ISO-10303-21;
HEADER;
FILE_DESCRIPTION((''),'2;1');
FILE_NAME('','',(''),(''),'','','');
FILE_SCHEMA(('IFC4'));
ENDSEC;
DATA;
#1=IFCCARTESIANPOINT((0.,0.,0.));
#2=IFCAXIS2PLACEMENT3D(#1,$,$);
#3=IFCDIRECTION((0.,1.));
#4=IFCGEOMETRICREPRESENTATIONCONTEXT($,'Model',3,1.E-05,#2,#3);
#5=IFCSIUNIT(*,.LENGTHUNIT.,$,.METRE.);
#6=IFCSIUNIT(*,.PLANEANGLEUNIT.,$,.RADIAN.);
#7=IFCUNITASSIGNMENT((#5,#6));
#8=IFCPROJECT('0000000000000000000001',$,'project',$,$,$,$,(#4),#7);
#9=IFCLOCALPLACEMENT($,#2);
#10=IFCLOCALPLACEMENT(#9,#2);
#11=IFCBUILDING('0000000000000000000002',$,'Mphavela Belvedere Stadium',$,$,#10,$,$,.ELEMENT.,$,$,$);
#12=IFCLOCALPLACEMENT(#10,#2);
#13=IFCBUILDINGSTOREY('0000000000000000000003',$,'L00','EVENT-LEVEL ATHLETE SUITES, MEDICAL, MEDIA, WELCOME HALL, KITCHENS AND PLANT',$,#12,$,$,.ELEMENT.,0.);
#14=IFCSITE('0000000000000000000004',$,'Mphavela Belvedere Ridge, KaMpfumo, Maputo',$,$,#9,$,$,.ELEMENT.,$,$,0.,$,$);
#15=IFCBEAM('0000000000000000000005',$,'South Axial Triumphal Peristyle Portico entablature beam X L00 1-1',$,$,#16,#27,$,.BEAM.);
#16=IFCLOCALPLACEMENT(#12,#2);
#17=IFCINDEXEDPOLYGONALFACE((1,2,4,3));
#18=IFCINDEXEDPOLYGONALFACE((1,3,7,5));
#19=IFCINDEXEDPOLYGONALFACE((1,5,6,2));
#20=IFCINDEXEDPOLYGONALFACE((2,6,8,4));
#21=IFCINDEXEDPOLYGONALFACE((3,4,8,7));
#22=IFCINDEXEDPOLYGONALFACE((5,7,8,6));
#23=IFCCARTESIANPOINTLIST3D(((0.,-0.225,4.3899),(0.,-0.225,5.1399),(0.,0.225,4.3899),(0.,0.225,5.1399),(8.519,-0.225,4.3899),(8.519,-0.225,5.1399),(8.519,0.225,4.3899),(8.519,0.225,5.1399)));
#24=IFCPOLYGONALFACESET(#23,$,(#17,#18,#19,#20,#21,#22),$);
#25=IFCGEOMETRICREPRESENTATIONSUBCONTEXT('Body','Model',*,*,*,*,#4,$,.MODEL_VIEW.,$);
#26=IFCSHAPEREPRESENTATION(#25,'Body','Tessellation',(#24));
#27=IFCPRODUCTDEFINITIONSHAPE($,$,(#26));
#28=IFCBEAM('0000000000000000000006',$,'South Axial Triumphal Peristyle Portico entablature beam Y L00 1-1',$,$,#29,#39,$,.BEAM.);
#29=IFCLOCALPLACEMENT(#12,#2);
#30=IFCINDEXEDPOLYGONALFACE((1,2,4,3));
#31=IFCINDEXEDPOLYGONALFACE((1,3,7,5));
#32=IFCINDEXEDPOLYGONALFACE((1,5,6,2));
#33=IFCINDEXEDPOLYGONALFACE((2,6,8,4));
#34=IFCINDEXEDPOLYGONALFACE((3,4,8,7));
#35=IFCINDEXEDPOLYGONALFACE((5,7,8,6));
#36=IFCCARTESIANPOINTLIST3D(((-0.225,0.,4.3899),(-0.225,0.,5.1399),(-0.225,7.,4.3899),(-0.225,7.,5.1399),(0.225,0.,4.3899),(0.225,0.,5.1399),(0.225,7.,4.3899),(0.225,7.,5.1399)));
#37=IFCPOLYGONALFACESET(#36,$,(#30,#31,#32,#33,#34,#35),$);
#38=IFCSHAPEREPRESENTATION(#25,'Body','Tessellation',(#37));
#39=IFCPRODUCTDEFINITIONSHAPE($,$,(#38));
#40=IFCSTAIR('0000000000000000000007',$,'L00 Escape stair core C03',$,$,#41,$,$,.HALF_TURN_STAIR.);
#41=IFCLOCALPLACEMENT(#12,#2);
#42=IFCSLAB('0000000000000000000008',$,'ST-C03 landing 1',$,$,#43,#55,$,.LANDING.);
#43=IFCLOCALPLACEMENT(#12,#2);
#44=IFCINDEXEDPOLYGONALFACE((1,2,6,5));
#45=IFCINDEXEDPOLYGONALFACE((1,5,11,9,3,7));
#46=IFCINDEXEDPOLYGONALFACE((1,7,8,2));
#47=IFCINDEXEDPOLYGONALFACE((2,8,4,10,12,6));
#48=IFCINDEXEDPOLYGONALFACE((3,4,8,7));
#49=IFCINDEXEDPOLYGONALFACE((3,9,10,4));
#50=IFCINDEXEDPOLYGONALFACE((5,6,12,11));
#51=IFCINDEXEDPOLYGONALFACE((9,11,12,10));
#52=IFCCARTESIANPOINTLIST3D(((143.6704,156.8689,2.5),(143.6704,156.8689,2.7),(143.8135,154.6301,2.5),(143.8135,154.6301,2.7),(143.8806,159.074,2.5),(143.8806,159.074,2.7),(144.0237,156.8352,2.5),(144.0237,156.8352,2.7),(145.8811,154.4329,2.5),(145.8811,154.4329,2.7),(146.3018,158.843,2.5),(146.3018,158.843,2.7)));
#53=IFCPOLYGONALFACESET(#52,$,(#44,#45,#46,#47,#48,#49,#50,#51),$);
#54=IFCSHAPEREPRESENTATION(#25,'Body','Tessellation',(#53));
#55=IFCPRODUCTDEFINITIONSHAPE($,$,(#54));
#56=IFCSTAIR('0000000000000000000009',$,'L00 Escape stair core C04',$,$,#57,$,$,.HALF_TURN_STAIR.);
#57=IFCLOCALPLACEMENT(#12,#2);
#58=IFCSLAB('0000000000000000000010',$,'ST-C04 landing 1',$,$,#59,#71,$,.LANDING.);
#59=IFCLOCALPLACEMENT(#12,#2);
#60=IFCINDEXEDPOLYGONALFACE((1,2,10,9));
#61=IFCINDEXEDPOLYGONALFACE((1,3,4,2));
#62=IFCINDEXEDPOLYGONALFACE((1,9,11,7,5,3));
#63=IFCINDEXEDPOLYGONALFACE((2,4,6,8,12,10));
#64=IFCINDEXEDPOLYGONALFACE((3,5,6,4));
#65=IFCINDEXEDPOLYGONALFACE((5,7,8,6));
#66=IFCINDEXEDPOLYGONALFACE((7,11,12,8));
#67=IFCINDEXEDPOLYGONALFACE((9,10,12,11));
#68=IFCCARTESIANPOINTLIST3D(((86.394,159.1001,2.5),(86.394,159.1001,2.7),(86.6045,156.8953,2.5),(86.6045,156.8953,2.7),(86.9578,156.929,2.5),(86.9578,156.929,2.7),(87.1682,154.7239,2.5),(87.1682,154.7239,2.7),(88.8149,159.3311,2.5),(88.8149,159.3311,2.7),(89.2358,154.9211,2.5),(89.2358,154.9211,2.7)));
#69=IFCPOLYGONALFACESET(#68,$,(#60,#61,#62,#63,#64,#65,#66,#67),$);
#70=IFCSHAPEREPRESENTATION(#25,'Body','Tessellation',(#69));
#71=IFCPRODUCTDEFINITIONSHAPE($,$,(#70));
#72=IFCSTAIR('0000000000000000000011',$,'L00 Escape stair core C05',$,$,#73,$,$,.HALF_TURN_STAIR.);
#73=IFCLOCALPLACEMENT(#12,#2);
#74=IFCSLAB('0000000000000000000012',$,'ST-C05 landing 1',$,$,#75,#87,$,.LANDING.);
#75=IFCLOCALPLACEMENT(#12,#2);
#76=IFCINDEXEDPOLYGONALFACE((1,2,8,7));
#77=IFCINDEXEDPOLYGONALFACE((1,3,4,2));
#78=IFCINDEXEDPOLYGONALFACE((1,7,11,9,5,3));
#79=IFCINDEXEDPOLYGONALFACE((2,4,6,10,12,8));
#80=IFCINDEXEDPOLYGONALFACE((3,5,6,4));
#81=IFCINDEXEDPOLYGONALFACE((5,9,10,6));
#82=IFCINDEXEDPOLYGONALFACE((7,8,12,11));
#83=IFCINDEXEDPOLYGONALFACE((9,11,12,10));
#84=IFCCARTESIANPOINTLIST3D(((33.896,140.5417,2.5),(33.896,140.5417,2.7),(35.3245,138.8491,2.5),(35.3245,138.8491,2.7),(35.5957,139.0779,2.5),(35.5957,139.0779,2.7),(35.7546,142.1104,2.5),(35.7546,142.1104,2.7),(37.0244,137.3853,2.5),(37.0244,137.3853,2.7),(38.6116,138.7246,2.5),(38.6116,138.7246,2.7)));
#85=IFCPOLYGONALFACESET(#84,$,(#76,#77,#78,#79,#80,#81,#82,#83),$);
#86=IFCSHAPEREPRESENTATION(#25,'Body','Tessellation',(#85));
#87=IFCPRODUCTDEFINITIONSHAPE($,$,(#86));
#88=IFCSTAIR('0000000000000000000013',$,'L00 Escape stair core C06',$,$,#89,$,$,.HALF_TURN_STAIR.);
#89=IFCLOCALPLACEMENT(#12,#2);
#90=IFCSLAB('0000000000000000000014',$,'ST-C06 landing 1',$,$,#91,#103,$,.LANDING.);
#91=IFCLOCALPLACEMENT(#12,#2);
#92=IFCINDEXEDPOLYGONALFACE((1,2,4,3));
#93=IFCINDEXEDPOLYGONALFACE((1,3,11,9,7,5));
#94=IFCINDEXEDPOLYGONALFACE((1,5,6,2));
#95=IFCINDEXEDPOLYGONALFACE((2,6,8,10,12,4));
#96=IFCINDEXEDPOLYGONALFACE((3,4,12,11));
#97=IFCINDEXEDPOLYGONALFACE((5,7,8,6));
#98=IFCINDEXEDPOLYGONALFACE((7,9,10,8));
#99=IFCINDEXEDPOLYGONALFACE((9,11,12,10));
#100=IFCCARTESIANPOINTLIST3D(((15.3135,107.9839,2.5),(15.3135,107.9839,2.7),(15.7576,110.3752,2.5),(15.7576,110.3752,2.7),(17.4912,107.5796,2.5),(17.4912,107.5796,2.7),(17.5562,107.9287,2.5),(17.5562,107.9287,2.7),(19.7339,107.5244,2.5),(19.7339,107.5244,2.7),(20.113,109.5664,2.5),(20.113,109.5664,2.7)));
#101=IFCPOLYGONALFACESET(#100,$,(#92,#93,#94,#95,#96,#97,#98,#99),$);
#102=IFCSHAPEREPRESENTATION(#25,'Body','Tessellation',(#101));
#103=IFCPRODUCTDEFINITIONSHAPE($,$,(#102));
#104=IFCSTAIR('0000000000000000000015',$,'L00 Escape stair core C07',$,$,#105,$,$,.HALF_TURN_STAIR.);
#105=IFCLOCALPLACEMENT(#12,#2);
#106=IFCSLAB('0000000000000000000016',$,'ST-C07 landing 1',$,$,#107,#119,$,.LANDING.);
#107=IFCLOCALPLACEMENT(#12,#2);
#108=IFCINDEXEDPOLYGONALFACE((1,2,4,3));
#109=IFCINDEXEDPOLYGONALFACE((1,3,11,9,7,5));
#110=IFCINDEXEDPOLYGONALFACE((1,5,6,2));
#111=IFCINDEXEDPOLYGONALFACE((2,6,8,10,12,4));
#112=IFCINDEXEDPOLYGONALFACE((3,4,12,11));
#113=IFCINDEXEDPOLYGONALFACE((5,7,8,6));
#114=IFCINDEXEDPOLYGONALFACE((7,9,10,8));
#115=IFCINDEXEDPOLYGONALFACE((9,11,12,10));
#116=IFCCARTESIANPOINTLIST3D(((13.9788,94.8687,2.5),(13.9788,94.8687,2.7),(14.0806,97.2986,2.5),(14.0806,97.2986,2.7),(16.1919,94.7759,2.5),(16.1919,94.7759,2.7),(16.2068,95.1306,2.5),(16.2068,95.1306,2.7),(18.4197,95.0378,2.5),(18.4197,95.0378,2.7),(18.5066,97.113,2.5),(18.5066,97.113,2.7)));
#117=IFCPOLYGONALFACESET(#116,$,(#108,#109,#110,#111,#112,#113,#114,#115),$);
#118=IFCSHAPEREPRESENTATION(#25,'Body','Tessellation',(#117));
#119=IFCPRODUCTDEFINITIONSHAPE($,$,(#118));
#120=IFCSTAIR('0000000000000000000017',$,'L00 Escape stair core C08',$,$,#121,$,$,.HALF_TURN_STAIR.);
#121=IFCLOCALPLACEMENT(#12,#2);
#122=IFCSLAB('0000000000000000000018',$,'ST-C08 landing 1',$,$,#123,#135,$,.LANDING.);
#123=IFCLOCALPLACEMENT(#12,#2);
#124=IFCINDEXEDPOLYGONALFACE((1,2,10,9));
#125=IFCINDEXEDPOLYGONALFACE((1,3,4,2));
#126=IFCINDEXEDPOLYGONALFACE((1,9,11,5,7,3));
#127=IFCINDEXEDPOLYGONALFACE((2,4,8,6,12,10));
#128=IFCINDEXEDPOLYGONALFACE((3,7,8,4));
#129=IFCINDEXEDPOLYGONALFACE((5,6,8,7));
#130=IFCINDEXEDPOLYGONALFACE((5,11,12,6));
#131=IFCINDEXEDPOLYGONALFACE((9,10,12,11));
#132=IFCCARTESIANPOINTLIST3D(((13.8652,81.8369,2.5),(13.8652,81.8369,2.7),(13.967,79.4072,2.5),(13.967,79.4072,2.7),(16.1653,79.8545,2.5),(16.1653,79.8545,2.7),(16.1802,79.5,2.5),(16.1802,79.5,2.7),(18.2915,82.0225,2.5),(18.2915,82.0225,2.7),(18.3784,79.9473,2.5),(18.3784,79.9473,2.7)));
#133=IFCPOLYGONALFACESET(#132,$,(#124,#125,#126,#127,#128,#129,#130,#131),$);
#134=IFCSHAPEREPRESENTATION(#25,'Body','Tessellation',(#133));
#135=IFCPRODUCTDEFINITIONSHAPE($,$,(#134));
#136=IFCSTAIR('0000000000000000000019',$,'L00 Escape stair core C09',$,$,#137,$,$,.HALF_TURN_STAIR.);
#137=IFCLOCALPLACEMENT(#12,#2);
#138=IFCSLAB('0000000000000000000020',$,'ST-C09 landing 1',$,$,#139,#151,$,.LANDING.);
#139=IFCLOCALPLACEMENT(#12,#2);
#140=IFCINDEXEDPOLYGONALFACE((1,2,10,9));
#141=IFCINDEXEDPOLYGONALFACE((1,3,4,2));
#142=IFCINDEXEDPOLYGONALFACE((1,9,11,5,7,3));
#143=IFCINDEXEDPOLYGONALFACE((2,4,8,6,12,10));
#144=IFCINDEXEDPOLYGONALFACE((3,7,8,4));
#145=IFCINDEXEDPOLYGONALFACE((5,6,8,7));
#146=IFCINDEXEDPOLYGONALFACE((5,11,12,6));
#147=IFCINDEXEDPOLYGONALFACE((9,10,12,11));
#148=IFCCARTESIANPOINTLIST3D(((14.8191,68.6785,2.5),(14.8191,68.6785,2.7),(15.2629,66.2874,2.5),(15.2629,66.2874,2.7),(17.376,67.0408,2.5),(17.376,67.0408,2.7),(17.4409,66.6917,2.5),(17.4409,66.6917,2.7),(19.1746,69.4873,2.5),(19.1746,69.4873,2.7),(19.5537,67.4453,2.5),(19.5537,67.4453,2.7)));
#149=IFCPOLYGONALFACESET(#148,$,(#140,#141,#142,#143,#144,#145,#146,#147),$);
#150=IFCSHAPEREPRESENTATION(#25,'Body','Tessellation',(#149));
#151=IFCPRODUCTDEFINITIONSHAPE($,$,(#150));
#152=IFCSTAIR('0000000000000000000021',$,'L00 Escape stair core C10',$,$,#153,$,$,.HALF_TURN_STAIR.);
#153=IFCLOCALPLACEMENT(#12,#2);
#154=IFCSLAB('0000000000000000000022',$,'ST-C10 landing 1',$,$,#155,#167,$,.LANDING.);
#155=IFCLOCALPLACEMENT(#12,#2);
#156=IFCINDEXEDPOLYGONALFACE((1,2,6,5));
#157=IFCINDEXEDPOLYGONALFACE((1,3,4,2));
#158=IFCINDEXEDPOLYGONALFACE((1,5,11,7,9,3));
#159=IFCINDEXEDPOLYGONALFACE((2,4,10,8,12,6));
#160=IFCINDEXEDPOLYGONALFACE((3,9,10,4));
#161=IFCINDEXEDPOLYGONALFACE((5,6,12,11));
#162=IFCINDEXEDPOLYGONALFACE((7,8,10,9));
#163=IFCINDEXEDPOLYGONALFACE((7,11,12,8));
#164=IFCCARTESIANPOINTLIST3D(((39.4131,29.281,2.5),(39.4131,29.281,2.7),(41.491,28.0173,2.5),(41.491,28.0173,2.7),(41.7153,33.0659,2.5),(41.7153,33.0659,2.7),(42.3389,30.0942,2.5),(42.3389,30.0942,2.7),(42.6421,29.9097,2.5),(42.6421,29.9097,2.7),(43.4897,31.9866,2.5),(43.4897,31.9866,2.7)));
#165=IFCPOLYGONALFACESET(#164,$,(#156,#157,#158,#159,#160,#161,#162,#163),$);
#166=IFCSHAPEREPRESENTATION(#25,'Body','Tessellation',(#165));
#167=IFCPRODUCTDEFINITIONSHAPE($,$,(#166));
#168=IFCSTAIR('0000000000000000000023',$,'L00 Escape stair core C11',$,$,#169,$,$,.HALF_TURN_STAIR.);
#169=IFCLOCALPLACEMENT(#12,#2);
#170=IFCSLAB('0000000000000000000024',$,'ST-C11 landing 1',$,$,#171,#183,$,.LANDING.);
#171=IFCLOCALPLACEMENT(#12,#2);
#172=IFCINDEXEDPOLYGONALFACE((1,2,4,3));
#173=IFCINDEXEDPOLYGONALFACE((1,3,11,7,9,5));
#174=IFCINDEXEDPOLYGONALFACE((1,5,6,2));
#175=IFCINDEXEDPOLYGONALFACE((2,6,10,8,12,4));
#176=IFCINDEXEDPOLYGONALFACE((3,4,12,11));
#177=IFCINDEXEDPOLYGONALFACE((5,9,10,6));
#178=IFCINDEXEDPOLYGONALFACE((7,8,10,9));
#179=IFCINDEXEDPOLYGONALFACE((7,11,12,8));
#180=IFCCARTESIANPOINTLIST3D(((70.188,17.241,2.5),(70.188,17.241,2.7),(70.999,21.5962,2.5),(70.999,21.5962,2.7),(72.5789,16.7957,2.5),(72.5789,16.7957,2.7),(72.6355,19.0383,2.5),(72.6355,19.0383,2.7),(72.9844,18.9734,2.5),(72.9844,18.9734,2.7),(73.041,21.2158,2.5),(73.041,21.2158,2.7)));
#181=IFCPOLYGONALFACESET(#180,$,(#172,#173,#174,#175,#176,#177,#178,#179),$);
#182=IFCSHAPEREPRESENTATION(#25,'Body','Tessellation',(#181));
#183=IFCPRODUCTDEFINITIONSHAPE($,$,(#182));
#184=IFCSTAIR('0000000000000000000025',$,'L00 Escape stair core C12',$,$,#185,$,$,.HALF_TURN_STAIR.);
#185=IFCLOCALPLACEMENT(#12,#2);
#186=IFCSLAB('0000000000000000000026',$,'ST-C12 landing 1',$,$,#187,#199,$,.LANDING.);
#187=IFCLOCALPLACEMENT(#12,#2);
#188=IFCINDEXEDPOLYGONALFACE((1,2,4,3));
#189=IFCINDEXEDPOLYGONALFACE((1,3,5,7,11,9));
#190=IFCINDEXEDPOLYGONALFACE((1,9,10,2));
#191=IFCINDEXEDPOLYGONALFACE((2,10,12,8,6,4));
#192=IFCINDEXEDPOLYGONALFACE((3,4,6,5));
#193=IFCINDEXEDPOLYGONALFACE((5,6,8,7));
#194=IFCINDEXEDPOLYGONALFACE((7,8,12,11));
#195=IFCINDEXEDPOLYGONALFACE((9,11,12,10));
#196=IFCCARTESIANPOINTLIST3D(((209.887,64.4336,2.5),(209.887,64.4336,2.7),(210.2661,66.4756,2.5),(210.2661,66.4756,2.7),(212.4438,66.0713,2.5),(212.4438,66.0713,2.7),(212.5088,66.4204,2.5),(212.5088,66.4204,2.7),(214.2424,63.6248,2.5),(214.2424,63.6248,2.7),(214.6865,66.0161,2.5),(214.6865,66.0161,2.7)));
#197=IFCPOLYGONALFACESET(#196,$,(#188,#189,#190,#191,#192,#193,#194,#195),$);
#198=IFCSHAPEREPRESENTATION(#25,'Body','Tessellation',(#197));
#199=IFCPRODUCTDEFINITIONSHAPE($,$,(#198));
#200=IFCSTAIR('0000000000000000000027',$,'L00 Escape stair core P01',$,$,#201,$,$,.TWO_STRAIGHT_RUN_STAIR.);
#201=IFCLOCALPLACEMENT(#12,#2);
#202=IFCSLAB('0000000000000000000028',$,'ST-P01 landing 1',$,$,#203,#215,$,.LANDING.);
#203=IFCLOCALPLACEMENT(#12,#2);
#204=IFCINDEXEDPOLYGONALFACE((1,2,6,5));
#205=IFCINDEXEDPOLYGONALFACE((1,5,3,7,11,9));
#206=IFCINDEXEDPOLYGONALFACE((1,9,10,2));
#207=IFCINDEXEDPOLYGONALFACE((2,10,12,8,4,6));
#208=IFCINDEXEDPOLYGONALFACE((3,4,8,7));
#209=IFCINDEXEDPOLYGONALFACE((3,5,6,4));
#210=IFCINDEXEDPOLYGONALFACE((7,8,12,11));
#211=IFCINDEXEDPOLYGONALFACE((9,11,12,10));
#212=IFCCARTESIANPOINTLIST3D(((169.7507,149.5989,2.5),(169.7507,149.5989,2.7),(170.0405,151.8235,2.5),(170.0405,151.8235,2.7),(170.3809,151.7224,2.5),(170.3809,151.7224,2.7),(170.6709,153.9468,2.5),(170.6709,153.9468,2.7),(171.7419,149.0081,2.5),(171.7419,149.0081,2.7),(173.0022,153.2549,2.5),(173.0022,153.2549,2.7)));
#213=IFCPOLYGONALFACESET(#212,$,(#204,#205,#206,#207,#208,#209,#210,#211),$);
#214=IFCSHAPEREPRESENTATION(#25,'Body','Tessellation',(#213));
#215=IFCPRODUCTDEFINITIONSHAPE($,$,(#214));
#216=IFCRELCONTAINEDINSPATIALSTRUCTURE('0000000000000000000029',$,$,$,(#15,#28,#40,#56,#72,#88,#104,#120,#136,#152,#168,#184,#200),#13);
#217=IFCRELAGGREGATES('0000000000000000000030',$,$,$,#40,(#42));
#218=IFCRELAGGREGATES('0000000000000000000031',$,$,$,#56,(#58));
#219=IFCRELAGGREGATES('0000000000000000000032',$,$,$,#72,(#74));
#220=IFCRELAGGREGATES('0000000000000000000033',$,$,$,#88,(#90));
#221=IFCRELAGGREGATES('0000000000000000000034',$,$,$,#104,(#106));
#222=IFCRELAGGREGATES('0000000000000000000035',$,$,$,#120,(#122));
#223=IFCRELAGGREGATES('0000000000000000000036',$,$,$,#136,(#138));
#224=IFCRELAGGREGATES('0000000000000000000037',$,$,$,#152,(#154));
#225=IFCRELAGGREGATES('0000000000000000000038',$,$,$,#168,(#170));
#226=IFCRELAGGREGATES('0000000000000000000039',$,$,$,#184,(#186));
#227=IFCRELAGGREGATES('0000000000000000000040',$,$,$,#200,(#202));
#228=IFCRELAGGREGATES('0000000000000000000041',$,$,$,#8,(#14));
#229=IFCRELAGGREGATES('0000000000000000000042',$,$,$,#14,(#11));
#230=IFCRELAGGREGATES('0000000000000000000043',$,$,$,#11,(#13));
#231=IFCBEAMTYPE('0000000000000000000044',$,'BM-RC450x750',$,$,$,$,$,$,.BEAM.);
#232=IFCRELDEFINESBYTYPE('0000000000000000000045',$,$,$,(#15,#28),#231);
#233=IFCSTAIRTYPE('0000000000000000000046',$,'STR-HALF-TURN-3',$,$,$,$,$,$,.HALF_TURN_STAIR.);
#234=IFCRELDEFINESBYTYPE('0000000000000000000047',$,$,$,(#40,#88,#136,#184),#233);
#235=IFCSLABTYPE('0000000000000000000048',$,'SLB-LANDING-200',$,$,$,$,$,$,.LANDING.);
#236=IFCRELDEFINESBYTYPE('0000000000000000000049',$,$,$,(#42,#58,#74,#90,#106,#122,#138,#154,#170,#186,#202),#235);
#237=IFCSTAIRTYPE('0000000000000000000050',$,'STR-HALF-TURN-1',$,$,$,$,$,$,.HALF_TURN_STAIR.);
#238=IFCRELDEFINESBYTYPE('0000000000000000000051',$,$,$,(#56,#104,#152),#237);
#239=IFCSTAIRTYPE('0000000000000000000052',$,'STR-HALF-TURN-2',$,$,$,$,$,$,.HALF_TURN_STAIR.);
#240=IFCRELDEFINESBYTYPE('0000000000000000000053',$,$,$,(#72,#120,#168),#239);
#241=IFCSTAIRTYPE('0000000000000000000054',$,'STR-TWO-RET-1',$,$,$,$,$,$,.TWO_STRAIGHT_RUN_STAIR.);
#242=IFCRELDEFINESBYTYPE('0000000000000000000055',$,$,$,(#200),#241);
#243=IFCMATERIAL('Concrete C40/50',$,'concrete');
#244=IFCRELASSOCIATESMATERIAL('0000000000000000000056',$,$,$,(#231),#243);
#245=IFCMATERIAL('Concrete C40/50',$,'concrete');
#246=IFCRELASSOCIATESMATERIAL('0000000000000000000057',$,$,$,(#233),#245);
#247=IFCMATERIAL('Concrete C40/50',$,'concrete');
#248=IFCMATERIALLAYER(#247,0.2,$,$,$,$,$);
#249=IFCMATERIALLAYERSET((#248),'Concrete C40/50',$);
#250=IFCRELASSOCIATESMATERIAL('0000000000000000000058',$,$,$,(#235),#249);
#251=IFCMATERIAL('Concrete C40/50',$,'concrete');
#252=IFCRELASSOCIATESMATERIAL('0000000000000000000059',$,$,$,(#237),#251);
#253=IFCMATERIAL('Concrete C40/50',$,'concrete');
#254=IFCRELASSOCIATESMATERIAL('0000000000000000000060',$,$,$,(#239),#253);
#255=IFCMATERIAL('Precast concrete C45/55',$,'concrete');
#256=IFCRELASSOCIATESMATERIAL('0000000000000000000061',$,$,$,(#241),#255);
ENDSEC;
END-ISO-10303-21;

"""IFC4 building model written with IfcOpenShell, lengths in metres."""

from ifc_helpers import new_model, si_unit, direction, frame, origin, origin_2d, place, context, subcontext, project, spatial, polyline, rectangle, outline, extrude, material, layer, layer_set, material_profile, profile_set, type_object, element, aggregate, save


model = new_model("IFC4")

# Units and contexts
model_context = context("Model", 3, precision=1e-05, world=origin(), true_north=direction((0.0, 1.0)))
body_context = subcontext(model_context, "Body", "Model", "MODEL_VIEW")
ifc_project = project(units=[si_unit("LENGTHUNIT", "METRE"), si_unit("PLANEANGLEUNIT", "RADIAN")], contexts=[model_context])

# Site, building, storey
site_placement = place(None, origin())
site = spatial("IfcSite", under=ifc_project, at=site_placement, Name="Mphavela Belvedere Ridge, KaMpfumo, Maputo", CompositionType="ELEMENT", RefElevation=0.0)
building_placement = place(site_placement, origin())
building = spatial("IfcBuilding", under=site, at=building_placement, Name="Mphavela Belvedere Stadium", CompositionType="ELEMENT")
storey_placement = place(building_placement, origin())
storey = spatial("IfcBuildingStorey", under=building, at=storey_placement, Name="L00", Description="EVENT-LEVEL ATHLETE SUITES, MEDICAL, MEDIA, WELCOME HALL, KITCHENS AND PLANT", CompositionType="ELEMENT", Elevation=0.0)

# Beams
ifc_material_1 = material(Name="Concrete C40/50", Category="concrete")
ifc_material_profile = material_profile(ifc_material_1, rectangle(XDim=0.45, YDim=0.75, at=origin_2d()), Name="RC 450x750")
ifc_profile_set = profile_set([ifc_material_profile], Name="Concrete C40/50")
beam_type = type_object("IfcBeamType", Name="BM-RC450x750", PredefinedType="BEAM", material=ifc_profile_set)
beam_1_placement = place(storey_placement, frame((0.0, 0.0, 4.7649), z_axis=(1.0, 0.0, 0.0), x_axis=(0.0, 1.0, 0.0)))
element("IfcBeam", 1, at=beam_1_placement, inside=storey, type_object=beam_type, Name="South Axial Triumphal Peristyle Portico entablature beam X L00 1-1", PredefinedType="BEAM", context=body_context, shape_type="SweptSolid", body=[
    extrude(rectangle(XDim=0.45, YDim=0.75, at=origin_2d()), origin(), (0.0, 0.0, 1.0), 8.519),
])
beam_2_placement = place(storey_placement, frame((0.0, 0.0, 4.7649), z_axis=(0.0, 1.0, 0.0), x_axis=(-1.0, 0.0, 0.0)))
element("IfcBeam", 2, at=beam_2_placement, inside=storey, type_object=beam_type, Name="South Axial Triumphal Peristyle Portico entablature beam Y L00 1-1", PredefinedType="BEAM", context=body_context, shape_type="SweptSolid", body=[
    extrude(rectangle(XDim=0.45, YDim=0.75, at=origin_2d()), origin(), (0.0, 0.0, 1.0), 7.0),
])

# Stairs, slabs
ifc_material_2 = material(Name="Concrete C40/50", Category="concrete")
stair_type_1 = type_object("IfcStairType", Name="STR-HALF-TURN-3", PredefinedType="HALF_TURN_STAIR", material=ifc_material_2)
stair_1_placement = place(storey_placement, origin())
stair_1 = element("IfcStair", 3, at=stair_1_placement, inside=storey, type_object=stair_type_1, Name="L00 Escape stair core C03", PredefinedType="HALF_TURN_STAIR")
ifc_material_3 = material(Name="Concrete C40/50", Category="concrete")
ifc_layer_1 = layer(ifc_material_3, 0.2)
ifc_layer_set_1 = layer_set([ifc_layer_1], Name="Concrete C40/50")
slab_type = type_object("IfcSlabType", Name="SLB-LANDING-200", PredefinedType="LANDING", material=ifc_layer_set_1)
slab_1_placement = place(storey_placement, frame((0.0, 0.0, 2.5)))
slab_1 = element("IfcSlab", 4, at=slab_1_placement, type_object=slab_type, Name="ST-C03 landing 1", PredefinedType="LANDING", context=body_context, shape_type="SweptSolid", body=[
    extrude(outline(polyline([(143.8135, 154.6301), (145.8811, 154.4329), (146.3018, 158.843), (143.8806, 159.074), (143.6704, 156.8689), (144.0237, 156.8352), (143.8135, 154.6301)])), origin(), (0.0, 0.0, 1.0), 0.2),
])
aggregate(stair_1, [slab_1])
ifc_material_4 = material(Name="Concrete C40/50", Category="concrete")
stair_type_2 = type_object("IfcStairType", Name="STR-HALF-TURN-1", PredefinedType="HALF_TURN_STAIR", material=ifc_material_4)
stair_2_placement = place(storey_placement, origin())
stair_2 = element("IfcStair", 5, at=stair_2_placement, inside=storey, type_object=stair_type_2, Name="L00 Escape stair core C04", PredefinedType="HALF_TURN_STAIR")
slab_2_placement = place(storey_placement, frame((0.0, 0.0, 2.5)))
slab_2 = element("IfcSlab", 6, at=slab_2_placement, type_object=slab_type, Name="ST-C04 landing 1", PredefinedType="LANDING", context=body_context, shape_type="SweptSolid", body=[
    extrude(outline(polyline([(87.1682, 154.7239), (89.2358, 154.9211), (88.8149, 159.3311), (86.394, 159.1001), (86.6045, 156.8953), (86.9578, 156.929), (87.1682, 154.7239)])), origin(), (0.0, 0.0, 1.0), 0.2),
])
aggregate(stair_2, [slab_2])
ifc_material_5 = material(Name="Concrete C40/50", Category="concrete")
stair_type_3 = type_object("IfcStairType", Name="STR-HALF-TURN-2", PredefinedType="HALF_TURN_STAIR", material=ifc_material_5)
stair_3_placement = place(storey_placement, origin())
stair_3 = element("IfcStair", 7, at=stair_3_placement, inside=storey, type_object=stair_type_3, Name="L00 Escape stair core C05", PredefinedType="HALF_TURN_STAIR")
slab_3_placement = place(storey_placement, frame((0.0, 0.0, 2.5)))
slab_3 = element("IfcSlab", 8, at=slab_3_placement, type_object=slab_type, Name="ST-C05 landing 1", PredefinedType="LANDING", context=body_context, shape_type="SweptSolid", body=[
    extrude(outline(polyline([(37.0244, 137.3853), (38.6116, 138.7246), (35.7546, 142.1104), (33.896, 140.5417), (35.3245, 138.8491), (35.5957, 139.0779), (37.0244, 137.3853)])), origin(), (0.0, 0.0, 1.0), 0.2),
])
aggregate(stair_3, [slab_3])
stair_4_placement = place(storey_placement, origin())
stair_4 = element("IfcStair", 9, at=stair_4_placement, inside=storey, type_object=stair_type_1, Name="L00 Escape stair core C06", PredefinedType="HALF_TURN_STAIR")
slab_4_placement = place(storey_placement, frame((0.0, 0.0, 2.5)))
slab_4 = element("IfcSlab", 10, at=slab_4_placement, type_object=slab_type, Name="ST-C06 landing 1", PredefinedType="LANDING", context=body_context, shape_type="SweptSolid", body=[
    extrude(outline(polyline([(19.7339, 107.5244), (20.113, 109.5664), (15.7576, 110.3752), (15.3135, 107.9839), (17.4912, 107.5796), (17.5562, 107.9287), (19.7339, 107.5244)])), origin(), (0.0, 0.0, 1.0), 0.2),
])
aggregate(stair_4, [slab_4])
stair_5_placement = place(storey_placement, origin())
stair_5 = element("IfcStair", 11, at=stair_5_placement, inside=storey, type_object=stair_type_2, Name="L00 Escape stair core C07", PredefinedType="HALF_TURN_STAIR")
slab_5_placement = place(storey_placement, frame((0.0, 0.0, 2.5)))
slab_5 = element("IfcSlab", 12, at=slab_5_placement, type_object=slab_type, Name="ST-C07 landing 1", PredefinedType="LANDING", context=body_context, shape_type="SweptSolid", body=[
    extrude(outline(polyline([(18.4197, 95.0378), (18.5066, 97.113), (14.0806, 97.2986), (13.9788, 94.8687), (16.1919, 94.7759), (16.2068, 95.1306), (18.4197, 95.0378)])), origin(), (0.0, 0.0, 1.0), 0.2),
])
aggregate(stair_5, [slab_5])
stair_6_placement = place(storey_placement, origin())
stair_6 = element("IfcStair", 13, at=stair_6_placement, inside=storey, type_object=stair_type_3, Name="L00 Escape stair core C08", PredefinedType="HALF_TURN_STAIR")
slab_6_placement = place(storey_placement, frame((0.0, 0.0, 2.5)))
slab_6 = element("IfcSlab", 14, at=slab_6_placement, type_object=slab_type, Name="ST-C08 landing 1", PredefinedType="LANDING", context=body_context, shape_type="SweptSolid", body=[
    extrude(outline(polyline([(18.3784, 79.9473), (18.2915, 82.0225), (13.8652, 81.8369), (13.967, 79.4072), (16.1802, 79.5), (16.1653, 79.8545), (18.3784, 79.9473)])), origin(), (0.0, 0.0, 1.0), 0.2),
])
aggregate(stair_6, [slab_6])
stair_7_placement = place(storey_placement, origin())
stair_7 = element("IfcStair", 15, at=stair_7_placement, inside=storey, type_object=stair_type_1, Name="L00 Escape stair core C09", PredefinedType="HALF_TURN_STAIR")
slab_7_placement = place(storey_placement, frame((0.0, 0.0, 2.5)))
slab_7 = element("IfcSlab", 16, at=slab_7_placement, type_object=slab_type, Name="ST-C09 landing 1", PredefinedType="LANDING", context=body_context, shape_type="SweptSolid", body=[
    extrude(outline(polyline([(19.5537, 67.4453), (19.1746, 69.4873), (14.8191, 68.6785), (15.2629, 66.2874), (17.4409, 66.6917), (17.376, 67.0408), (19.5537, 67.4453)])), origin(), (0.0, 0.0, 1.0), 0.2),
])
aggregate(stair_7, [slab_7])
stair_8_placement = place(storey_placement, origin())
stair_8 = element("IfcStair", 17, at=stair_8_placement, inside=storey, type_object=stair_type_2, Name="L00 Escape stair core C10", PredefinedType="HALF_TURN_STAIR")
slab_8_placement = place(storey_placement, frame((0.0, 0.0, 2.5)))
slab_8 = element("IfcSlab", 18, at=slab_8_placement, type_object=slab_type, Name="ST-C10 landing 1", PredefinedType="LANDING", context=body_context, shape_type="SweptSolid", body=[
    extrude(outline(polyline([(43.4897, 31.9866), (41.7153, 33.0659), (39.4131, 29.281), (41.491, 28.0173), (42.6421, 29.9097), (42.3389, 30.0942), (43.4897, 31.9866)])), origin(), (0.0, 0.0, 1.0), 0.2),
])
aggregate(stair_8, [slab_8])
stair_9_placement = place(storey_placement, origin())
stair_9 = element("IfcStair", 19, at=stair_9_placement, inside=storey, type_object=stair_type_3, Name="L00 Escape stair core C11", PredefinedType="HALF_TURN_STAIR")
slab_9_placement = place(storey_placement, frame((0.0, 0.0, 2.5)))
slab_9 = element("IfcSlab", 20, at=slab_9_placement, type_object=slab_type, Name="ST-C11 landing 1", PredefinedType="LANDING", context=body_context, shape_type="SweptSolid", body=[
    extrude(outline(polyline([(73.041, 21.2158), (70.999, 21.5962), (70.188, 17.241), (72.5789, 16.7957), (72.9844, 18.9734), (72.6355, 19.0383), (73.041, 21.2158)])), origin(), (0.0, 0.0, 1.0), 0.2),
])
aggregate(stair_9, [slab_9])
stair_10_placement = place(storey_placement, origin())
stair_10 = element("IfcStair", 21, at=stair_10_placement, inside=storey, type_object=stair_type_1, Name="L00 Escape stair core C12", PredefinedType="HALF_TURN_STAIR")
slab_10_placement = place(storey_placement, frame((0.0, 0.0, 2.5)))
slab_10 = element("IfcSlab", 22, at=slab_10_placement, type_object=slab_type, Name="ST-C12 landing 1", PredefinedType="LANDING", context=body_context, shape_type="SweptSolid", body=[
    extrude(outline(polyline([(210.2661, 66.4756), (209.887, 64.4336), (214.2424, 63.6248), (214.6865, 66.0161), (212.5088, 66.4204), (212.4438, 66.0713), (210.2661, 66.4756)])), origin(), (0.0, 0.0, 1.0), 0.2),
])
aggregate(stair_10, [slab_10])
ifc_material_6 = material(Name="Precast concrete C45/55", Category="concrete")
stair_type_4 = type_object("IfcStairType", Name="STR-TWO-RET-1", PredefinedType="TWO_STRAIGHT_RUN_STAIR", material=ifc_material_6)
stair_11_placement = place(storey_placement, origin())
stair_11 = element("IfcStair", 23, at=stair_11_placement, inside=storey, type_object=stair_type_4, Name="L00 Escape stair core P01", PredefinedType="TWO_STRAIGHT_RUN_STAIR")
slab_11_placement = place(storey_placement, frame((0.0, 0.0, 2.5)))
slab_11 = element("IfcSlab", 24, at=slab_11_placement, type_object=slab_type, Name="ST-P01 landing 1", PredefinedType="LANDING", context=body_context, shape_type="SweptSolid", body=[
    extrude(outline(polyline([(169.7507, 149.5989), (171.7419, 149.0081), (173.0022, 153.2549), (170.6709, 153.9468), (170.0405, 151.8235), (170.3809, 151.7224), (169.7507, 149.5989)])), origin(), (0.0, 0.0, 1.0), 0.2),
])
aggregate(stair_11, [slab_11])

save(model, "model.ifc")
